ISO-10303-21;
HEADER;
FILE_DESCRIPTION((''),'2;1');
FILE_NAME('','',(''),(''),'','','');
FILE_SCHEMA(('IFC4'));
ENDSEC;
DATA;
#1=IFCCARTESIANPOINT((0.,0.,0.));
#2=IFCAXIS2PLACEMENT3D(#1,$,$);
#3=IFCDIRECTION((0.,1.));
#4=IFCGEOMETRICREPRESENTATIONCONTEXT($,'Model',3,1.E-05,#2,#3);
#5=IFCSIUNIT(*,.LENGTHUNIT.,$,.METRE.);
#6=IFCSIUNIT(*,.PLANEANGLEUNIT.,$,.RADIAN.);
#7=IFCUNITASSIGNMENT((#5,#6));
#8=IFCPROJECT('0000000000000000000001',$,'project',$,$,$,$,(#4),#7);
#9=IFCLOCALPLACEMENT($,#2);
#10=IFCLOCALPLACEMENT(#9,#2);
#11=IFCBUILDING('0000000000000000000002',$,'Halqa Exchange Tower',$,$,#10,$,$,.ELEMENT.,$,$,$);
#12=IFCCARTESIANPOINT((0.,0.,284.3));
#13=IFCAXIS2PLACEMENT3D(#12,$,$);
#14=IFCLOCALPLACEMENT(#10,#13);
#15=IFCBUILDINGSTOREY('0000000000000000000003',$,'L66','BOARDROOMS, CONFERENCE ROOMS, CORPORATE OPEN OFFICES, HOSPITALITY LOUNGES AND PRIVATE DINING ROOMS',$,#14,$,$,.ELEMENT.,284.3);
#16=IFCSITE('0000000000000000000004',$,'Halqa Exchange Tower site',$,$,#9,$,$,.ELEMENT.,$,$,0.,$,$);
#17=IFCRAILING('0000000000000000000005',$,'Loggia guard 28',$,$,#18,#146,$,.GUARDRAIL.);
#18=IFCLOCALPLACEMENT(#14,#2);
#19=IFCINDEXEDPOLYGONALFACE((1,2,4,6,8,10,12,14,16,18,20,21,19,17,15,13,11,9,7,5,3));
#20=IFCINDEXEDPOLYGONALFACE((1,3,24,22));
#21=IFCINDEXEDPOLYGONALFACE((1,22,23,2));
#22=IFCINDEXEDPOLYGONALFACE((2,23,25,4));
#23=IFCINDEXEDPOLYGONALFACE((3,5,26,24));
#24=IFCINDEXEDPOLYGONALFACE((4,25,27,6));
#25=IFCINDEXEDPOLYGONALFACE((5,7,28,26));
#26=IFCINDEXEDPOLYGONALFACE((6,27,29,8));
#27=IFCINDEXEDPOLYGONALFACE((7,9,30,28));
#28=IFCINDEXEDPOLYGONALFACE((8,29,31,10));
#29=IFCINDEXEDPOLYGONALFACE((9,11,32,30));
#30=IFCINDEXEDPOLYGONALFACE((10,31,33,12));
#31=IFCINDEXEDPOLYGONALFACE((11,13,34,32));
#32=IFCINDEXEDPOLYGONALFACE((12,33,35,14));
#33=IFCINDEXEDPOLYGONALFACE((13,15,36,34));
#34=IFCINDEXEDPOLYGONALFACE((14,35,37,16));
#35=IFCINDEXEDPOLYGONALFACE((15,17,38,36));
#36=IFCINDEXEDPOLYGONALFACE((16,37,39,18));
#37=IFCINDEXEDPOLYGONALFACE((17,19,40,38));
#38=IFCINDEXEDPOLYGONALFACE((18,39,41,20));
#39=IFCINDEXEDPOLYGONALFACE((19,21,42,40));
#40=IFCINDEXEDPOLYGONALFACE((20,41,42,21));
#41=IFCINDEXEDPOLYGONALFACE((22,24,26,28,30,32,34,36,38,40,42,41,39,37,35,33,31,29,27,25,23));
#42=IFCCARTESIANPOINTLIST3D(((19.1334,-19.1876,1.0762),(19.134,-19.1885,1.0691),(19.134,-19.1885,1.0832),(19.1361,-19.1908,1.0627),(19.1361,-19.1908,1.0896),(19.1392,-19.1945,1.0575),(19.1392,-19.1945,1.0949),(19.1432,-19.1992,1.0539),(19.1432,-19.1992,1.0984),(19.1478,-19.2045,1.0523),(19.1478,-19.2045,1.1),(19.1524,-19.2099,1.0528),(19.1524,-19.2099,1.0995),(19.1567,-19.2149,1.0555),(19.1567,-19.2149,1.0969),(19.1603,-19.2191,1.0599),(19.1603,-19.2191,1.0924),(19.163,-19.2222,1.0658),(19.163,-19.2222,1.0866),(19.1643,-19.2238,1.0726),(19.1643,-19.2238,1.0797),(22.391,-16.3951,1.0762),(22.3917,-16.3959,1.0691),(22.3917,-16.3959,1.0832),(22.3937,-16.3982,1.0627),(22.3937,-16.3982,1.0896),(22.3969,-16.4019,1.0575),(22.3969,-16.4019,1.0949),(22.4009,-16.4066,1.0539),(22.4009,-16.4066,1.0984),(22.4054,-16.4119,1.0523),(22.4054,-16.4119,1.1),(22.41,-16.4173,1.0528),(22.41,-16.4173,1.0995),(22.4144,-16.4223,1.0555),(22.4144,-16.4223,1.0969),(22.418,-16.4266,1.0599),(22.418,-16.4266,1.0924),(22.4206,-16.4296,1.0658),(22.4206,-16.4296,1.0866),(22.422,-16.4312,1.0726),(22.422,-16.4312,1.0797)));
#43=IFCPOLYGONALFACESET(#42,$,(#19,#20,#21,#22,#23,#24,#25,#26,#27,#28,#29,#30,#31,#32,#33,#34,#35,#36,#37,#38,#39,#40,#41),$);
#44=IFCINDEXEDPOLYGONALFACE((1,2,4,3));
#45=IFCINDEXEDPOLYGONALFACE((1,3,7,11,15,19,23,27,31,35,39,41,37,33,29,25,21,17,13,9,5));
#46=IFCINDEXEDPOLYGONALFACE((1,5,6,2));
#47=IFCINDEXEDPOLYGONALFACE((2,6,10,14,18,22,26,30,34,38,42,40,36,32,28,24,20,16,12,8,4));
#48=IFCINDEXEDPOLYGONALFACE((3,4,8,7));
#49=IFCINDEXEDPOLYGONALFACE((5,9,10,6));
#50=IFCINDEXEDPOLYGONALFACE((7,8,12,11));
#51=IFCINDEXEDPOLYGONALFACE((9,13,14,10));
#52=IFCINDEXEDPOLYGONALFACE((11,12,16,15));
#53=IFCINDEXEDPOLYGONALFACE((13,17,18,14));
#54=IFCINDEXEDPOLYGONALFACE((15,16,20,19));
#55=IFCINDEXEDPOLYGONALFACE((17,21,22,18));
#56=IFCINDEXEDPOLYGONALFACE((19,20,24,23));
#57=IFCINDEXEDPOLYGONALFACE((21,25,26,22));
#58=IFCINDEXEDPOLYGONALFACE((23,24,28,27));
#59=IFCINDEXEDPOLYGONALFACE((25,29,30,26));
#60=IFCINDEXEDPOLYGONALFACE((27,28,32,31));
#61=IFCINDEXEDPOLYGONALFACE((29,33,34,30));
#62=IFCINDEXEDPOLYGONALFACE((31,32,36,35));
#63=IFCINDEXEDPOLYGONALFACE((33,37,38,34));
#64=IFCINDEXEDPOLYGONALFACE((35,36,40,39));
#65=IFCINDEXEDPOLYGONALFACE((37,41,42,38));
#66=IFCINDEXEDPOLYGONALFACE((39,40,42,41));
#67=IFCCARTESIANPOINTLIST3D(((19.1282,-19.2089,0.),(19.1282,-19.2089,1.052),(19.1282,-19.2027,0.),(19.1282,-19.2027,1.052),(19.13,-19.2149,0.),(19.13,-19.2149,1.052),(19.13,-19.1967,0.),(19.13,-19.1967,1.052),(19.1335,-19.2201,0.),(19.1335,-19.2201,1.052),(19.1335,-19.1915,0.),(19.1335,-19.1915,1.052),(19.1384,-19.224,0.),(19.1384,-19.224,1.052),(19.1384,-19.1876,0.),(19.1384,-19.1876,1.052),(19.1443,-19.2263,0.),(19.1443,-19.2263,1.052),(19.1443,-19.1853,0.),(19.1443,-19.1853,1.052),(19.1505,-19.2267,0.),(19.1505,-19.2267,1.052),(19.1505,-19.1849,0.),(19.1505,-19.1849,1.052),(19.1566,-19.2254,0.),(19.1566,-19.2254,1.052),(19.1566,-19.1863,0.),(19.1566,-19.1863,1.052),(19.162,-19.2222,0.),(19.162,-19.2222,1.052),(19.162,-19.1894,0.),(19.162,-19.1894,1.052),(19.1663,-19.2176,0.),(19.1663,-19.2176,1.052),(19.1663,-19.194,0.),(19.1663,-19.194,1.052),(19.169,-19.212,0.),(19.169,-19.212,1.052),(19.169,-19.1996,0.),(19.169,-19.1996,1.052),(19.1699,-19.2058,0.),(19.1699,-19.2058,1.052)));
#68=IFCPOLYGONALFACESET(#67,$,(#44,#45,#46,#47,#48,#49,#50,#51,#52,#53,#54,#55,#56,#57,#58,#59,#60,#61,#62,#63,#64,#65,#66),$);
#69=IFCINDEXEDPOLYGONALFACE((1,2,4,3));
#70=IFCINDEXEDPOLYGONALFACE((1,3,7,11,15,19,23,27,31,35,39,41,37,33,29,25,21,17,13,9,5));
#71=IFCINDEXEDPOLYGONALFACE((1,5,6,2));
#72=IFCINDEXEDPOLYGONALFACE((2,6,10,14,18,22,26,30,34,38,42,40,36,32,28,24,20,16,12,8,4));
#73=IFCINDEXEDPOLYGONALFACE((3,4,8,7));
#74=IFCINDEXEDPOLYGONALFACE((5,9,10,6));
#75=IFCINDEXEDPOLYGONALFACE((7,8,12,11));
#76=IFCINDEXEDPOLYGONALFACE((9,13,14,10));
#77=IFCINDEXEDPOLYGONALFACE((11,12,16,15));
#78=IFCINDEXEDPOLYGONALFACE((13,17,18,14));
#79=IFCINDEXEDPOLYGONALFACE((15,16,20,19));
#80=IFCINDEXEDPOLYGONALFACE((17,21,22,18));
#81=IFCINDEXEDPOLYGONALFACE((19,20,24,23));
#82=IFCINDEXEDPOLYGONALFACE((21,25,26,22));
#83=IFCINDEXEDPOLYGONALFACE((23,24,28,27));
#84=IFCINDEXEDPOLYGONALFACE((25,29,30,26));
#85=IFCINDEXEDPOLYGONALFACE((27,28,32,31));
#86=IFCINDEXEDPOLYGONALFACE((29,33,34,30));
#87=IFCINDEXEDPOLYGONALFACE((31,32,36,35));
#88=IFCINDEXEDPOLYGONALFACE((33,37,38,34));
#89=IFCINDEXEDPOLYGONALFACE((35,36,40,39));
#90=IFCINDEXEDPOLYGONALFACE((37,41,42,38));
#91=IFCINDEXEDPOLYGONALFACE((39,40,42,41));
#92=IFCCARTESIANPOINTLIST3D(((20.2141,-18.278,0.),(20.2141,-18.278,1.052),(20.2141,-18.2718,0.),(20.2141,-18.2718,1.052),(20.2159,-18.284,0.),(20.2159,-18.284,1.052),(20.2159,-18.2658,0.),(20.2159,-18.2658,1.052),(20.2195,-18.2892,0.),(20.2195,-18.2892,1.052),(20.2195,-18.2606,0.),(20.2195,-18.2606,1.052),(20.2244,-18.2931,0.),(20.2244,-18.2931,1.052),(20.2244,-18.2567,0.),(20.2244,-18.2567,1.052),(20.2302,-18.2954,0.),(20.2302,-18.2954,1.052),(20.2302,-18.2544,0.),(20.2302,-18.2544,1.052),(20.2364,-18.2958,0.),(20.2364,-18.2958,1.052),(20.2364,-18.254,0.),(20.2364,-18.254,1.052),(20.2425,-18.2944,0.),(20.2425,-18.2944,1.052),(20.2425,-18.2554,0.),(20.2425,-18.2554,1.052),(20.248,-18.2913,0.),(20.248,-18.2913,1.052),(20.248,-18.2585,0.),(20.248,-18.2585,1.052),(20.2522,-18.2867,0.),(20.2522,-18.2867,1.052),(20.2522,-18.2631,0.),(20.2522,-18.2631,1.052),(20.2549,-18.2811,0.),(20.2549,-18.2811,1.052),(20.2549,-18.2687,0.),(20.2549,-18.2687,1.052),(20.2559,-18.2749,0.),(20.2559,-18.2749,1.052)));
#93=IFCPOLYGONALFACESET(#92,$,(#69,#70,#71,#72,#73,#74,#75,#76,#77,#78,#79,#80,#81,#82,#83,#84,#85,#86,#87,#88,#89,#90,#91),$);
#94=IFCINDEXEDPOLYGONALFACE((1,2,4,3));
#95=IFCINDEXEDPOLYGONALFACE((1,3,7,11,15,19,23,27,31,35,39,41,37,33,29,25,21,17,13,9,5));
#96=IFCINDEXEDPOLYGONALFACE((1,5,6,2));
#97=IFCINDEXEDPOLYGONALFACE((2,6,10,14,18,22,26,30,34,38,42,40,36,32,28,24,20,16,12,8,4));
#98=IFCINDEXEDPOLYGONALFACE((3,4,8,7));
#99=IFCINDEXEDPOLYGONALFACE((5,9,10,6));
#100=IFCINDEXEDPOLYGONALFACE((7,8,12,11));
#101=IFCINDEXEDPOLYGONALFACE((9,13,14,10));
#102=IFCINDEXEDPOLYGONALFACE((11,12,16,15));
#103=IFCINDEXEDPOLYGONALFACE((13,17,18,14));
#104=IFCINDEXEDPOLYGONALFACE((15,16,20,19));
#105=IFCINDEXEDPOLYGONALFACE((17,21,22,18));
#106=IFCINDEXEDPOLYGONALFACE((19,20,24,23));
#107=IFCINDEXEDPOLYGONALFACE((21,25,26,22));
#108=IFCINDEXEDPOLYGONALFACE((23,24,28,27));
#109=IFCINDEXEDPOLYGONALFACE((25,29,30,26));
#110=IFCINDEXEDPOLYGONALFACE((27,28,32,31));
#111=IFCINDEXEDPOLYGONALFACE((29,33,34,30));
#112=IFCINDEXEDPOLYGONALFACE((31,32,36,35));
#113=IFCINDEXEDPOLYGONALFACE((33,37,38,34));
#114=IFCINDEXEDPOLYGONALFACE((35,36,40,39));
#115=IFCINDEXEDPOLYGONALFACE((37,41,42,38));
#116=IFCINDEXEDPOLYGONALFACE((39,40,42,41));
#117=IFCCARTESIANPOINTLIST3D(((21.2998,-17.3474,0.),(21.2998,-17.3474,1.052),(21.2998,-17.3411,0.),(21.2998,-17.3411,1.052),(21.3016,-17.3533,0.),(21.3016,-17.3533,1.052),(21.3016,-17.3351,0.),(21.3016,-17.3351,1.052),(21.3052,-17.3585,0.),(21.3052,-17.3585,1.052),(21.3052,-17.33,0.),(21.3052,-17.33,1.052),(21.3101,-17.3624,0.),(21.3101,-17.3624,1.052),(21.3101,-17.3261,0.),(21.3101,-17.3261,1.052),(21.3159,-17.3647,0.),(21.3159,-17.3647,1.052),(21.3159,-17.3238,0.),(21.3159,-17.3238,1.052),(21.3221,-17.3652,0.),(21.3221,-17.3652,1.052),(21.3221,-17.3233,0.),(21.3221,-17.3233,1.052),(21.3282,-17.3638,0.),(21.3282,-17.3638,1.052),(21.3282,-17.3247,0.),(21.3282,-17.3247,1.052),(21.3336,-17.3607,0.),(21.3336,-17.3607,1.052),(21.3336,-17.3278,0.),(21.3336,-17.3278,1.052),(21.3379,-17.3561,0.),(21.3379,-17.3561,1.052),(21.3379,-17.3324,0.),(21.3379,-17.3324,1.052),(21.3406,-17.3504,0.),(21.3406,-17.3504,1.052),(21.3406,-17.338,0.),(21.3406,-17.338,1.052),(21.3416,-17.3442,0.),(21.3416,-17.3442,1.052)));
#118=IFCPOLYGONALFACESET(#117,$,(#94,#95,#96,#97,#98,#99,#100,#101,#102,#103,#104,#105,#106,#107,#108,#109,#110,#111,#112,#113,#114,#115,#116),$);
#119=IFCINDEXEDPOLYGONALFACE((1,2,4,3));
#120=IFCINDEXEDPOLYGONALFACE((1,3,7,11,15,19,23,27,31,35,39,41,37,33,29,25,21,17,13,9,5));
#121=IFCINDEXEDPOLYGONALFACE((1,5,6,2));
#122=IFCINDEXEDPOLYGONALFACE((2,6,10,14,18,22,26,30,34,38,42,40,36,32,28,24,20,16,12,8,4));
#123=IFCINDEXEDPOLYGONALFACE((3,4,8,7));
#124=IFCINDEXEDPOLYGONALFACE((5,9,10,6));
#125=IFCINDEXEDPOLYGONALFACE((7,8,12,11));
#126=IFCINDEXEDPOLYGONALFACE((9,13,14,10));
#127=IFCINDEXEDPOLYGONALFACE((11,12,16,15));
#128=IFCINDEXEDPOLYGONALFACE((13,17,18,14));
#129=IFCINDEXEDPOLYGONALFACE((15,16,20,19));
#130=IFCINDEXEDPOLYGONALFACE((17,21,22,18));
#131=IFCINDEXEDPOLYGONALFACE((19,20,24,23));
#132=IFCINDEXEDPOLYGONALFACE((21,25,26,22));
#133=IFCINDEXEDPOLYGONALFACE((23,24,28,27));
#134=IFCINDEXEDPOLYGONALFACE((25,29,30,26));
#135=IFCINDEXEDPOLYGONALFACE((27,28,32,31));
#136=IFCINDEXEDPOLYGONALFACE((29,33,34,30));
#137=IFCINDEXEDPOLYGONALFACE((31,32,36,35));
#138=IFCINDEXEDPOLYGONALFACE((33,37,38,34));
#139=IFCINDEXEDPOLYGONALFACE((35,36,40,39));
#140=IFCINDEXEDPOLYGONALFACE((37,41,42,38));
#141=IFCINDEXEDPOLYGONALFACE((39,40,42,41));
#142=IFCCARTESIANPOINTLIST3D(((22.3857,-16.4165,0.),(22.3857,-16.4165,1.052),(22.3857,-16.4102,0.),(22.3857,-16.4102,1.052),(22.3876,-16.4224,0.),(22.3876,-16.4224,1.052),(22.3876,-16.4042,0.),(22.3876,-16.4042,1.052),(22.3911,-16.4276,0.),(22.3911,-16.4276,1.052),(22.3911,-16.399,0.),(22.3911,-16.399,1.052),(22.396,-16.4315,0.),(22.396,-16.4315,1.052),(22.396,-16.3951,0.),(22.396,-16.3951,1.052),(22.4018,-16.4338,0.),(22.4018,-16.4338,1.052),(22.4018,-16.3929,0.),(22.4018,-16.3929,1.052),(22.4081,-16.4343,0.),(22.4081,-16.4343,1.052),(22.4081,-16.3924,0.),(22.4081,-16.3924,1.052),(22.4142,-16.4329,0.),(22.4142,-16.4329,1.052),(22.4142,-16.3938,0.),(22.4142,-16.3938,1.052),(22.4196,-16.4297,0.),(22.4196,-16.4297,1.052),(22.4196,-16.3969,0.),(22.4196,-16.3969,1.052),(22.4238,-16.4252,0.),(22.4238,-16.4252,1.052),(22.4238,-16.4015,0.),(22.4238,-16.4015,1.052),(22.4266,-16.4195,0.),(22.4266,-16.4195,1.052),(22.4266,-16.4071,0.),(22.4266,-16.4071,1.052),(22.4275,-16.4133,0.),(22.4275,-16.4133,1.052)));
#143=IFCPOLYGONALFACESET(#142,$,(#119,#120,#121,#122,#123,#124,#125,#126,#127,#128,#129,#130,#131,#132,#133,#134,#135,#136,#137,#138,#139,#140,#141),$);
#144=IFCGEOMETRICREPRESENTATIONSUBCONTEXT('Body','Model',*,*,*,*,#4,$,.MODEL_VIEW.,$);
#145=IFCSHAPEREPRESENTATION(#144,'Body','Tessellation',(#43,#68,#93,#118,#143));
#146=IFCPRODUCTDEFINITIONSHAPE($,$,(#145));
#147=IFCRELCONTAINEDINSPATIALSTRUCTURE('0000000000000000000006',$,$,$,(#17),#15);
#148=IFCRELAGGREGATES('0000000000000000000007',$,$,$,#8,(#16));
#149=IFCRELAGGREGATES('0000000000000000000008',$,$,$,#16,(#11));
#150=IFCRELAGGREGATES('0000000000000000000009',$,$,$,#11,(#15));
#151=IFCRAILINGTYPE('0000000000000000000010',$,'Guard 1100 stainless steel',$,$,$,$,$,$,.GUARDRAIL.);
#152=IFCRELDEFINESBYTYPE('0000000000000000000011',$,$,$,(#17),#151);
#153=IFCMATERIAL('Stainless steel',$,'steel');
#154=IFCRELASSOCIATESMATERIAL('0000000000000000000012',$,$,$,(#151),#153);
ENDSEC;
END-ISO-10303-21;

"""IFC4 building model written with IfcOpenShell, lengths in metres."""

from ifc_helpers import new_model, si_unit, direction, frame, origin, origin_2d, place, context, subcontext, project, spatial, circle, extrude, material, type_object, element, save


model = new_model("IFC4")

# Units and contexts
model_context = context("Model", 3, precision=1e-05, world=origin(), true_north=direction((0.0, 1.0)))
body_context = subcontext(model_context, "Body", "Model", "MODEL_VIEW")
ifc_project = project(units=[si_unit("LENGTHUNIT", "METRE"), si_unit("PLANEANGLEUNIT", "RADIAN")], contexts=[model_context])

# Site, building, storey
site_placement = place(None, origin())
site = spatial("IfcSite", under=ifc_project, at=site_placement, Name="Halqa Exchange Tower site", CompositionType="ELEMENT", RefElevation=0.0)
building_placement = place(site_placement, origin())
building = spatial("IfcBuilding", under=site, at=building_placement, Name="Halqa Exchange Tower", CompositionType="ELEMENT")
storey_placement = place(building_placement, frame((0.0, 0.0, 284.3)))
storey = spatial("IfcBuildingStorey", under=building, at=storey_placement, Name="L66", Description="BOARDROOMS, CONFERENCE ROOMS, CORPORATE OPEN OFFICES, HOSPITALITY LOUNGES AND PRIVATE DINING ROOMS", CompositionType="ELEMENT", Elevation=284.3)

# Railing
ifc_material_1 = material(Name="Stainless steel", Category="steel")
railing_type = type_object("IfcRailingType", Name="Guard 1100 stainless steel", PredefinedType="GUARDRAIL", material=ifc_material_1)
railing_1_placement = place(storey_placement, frame((19.1489, -19.2058, 0.0)))
element("IfcRailing", 1, at=railing_1_placement, inside=storey, type_object=railing_type, Name="Loggia guard 28", PredefinedType="GUARDRAIL", context=body_context, shape_type="SweptSolid", body=[
    extrude(circle(Radius=0.0239, at=origin_2d()), frame((0.0, 0.0, 1.0762), z_axis=(0.759224, 0.650829, 0.0), x_axis=(-0.650829, 0.759224, 0.0)), (0.0, 0.0, 1.0), 4.2908),
    extrude(circle(Radius=0.021, at=origin_2d()), origin(), (0.0, 0.0, 1.0), 1.052),
    extrude(circle(Radius=0.021, at=origin_2d()), frame((1.0859, 0.9309, 0.0)), (0.0, 0.0, 1.0), 1.052),
    extrude(circle(Radius=0.021, at=origin_2d()), frame((2.1716, 1.8616, 0.0)), (0.0, 0.0, 1.0), 1.052),
    extrude(circle(Radius=0.021, at=origin_2d()), frame((3.2576, 2.7925, 0.0)), (0.0, 0.0, 1.0), 1.052),
])

save(model, "model.ifc")
